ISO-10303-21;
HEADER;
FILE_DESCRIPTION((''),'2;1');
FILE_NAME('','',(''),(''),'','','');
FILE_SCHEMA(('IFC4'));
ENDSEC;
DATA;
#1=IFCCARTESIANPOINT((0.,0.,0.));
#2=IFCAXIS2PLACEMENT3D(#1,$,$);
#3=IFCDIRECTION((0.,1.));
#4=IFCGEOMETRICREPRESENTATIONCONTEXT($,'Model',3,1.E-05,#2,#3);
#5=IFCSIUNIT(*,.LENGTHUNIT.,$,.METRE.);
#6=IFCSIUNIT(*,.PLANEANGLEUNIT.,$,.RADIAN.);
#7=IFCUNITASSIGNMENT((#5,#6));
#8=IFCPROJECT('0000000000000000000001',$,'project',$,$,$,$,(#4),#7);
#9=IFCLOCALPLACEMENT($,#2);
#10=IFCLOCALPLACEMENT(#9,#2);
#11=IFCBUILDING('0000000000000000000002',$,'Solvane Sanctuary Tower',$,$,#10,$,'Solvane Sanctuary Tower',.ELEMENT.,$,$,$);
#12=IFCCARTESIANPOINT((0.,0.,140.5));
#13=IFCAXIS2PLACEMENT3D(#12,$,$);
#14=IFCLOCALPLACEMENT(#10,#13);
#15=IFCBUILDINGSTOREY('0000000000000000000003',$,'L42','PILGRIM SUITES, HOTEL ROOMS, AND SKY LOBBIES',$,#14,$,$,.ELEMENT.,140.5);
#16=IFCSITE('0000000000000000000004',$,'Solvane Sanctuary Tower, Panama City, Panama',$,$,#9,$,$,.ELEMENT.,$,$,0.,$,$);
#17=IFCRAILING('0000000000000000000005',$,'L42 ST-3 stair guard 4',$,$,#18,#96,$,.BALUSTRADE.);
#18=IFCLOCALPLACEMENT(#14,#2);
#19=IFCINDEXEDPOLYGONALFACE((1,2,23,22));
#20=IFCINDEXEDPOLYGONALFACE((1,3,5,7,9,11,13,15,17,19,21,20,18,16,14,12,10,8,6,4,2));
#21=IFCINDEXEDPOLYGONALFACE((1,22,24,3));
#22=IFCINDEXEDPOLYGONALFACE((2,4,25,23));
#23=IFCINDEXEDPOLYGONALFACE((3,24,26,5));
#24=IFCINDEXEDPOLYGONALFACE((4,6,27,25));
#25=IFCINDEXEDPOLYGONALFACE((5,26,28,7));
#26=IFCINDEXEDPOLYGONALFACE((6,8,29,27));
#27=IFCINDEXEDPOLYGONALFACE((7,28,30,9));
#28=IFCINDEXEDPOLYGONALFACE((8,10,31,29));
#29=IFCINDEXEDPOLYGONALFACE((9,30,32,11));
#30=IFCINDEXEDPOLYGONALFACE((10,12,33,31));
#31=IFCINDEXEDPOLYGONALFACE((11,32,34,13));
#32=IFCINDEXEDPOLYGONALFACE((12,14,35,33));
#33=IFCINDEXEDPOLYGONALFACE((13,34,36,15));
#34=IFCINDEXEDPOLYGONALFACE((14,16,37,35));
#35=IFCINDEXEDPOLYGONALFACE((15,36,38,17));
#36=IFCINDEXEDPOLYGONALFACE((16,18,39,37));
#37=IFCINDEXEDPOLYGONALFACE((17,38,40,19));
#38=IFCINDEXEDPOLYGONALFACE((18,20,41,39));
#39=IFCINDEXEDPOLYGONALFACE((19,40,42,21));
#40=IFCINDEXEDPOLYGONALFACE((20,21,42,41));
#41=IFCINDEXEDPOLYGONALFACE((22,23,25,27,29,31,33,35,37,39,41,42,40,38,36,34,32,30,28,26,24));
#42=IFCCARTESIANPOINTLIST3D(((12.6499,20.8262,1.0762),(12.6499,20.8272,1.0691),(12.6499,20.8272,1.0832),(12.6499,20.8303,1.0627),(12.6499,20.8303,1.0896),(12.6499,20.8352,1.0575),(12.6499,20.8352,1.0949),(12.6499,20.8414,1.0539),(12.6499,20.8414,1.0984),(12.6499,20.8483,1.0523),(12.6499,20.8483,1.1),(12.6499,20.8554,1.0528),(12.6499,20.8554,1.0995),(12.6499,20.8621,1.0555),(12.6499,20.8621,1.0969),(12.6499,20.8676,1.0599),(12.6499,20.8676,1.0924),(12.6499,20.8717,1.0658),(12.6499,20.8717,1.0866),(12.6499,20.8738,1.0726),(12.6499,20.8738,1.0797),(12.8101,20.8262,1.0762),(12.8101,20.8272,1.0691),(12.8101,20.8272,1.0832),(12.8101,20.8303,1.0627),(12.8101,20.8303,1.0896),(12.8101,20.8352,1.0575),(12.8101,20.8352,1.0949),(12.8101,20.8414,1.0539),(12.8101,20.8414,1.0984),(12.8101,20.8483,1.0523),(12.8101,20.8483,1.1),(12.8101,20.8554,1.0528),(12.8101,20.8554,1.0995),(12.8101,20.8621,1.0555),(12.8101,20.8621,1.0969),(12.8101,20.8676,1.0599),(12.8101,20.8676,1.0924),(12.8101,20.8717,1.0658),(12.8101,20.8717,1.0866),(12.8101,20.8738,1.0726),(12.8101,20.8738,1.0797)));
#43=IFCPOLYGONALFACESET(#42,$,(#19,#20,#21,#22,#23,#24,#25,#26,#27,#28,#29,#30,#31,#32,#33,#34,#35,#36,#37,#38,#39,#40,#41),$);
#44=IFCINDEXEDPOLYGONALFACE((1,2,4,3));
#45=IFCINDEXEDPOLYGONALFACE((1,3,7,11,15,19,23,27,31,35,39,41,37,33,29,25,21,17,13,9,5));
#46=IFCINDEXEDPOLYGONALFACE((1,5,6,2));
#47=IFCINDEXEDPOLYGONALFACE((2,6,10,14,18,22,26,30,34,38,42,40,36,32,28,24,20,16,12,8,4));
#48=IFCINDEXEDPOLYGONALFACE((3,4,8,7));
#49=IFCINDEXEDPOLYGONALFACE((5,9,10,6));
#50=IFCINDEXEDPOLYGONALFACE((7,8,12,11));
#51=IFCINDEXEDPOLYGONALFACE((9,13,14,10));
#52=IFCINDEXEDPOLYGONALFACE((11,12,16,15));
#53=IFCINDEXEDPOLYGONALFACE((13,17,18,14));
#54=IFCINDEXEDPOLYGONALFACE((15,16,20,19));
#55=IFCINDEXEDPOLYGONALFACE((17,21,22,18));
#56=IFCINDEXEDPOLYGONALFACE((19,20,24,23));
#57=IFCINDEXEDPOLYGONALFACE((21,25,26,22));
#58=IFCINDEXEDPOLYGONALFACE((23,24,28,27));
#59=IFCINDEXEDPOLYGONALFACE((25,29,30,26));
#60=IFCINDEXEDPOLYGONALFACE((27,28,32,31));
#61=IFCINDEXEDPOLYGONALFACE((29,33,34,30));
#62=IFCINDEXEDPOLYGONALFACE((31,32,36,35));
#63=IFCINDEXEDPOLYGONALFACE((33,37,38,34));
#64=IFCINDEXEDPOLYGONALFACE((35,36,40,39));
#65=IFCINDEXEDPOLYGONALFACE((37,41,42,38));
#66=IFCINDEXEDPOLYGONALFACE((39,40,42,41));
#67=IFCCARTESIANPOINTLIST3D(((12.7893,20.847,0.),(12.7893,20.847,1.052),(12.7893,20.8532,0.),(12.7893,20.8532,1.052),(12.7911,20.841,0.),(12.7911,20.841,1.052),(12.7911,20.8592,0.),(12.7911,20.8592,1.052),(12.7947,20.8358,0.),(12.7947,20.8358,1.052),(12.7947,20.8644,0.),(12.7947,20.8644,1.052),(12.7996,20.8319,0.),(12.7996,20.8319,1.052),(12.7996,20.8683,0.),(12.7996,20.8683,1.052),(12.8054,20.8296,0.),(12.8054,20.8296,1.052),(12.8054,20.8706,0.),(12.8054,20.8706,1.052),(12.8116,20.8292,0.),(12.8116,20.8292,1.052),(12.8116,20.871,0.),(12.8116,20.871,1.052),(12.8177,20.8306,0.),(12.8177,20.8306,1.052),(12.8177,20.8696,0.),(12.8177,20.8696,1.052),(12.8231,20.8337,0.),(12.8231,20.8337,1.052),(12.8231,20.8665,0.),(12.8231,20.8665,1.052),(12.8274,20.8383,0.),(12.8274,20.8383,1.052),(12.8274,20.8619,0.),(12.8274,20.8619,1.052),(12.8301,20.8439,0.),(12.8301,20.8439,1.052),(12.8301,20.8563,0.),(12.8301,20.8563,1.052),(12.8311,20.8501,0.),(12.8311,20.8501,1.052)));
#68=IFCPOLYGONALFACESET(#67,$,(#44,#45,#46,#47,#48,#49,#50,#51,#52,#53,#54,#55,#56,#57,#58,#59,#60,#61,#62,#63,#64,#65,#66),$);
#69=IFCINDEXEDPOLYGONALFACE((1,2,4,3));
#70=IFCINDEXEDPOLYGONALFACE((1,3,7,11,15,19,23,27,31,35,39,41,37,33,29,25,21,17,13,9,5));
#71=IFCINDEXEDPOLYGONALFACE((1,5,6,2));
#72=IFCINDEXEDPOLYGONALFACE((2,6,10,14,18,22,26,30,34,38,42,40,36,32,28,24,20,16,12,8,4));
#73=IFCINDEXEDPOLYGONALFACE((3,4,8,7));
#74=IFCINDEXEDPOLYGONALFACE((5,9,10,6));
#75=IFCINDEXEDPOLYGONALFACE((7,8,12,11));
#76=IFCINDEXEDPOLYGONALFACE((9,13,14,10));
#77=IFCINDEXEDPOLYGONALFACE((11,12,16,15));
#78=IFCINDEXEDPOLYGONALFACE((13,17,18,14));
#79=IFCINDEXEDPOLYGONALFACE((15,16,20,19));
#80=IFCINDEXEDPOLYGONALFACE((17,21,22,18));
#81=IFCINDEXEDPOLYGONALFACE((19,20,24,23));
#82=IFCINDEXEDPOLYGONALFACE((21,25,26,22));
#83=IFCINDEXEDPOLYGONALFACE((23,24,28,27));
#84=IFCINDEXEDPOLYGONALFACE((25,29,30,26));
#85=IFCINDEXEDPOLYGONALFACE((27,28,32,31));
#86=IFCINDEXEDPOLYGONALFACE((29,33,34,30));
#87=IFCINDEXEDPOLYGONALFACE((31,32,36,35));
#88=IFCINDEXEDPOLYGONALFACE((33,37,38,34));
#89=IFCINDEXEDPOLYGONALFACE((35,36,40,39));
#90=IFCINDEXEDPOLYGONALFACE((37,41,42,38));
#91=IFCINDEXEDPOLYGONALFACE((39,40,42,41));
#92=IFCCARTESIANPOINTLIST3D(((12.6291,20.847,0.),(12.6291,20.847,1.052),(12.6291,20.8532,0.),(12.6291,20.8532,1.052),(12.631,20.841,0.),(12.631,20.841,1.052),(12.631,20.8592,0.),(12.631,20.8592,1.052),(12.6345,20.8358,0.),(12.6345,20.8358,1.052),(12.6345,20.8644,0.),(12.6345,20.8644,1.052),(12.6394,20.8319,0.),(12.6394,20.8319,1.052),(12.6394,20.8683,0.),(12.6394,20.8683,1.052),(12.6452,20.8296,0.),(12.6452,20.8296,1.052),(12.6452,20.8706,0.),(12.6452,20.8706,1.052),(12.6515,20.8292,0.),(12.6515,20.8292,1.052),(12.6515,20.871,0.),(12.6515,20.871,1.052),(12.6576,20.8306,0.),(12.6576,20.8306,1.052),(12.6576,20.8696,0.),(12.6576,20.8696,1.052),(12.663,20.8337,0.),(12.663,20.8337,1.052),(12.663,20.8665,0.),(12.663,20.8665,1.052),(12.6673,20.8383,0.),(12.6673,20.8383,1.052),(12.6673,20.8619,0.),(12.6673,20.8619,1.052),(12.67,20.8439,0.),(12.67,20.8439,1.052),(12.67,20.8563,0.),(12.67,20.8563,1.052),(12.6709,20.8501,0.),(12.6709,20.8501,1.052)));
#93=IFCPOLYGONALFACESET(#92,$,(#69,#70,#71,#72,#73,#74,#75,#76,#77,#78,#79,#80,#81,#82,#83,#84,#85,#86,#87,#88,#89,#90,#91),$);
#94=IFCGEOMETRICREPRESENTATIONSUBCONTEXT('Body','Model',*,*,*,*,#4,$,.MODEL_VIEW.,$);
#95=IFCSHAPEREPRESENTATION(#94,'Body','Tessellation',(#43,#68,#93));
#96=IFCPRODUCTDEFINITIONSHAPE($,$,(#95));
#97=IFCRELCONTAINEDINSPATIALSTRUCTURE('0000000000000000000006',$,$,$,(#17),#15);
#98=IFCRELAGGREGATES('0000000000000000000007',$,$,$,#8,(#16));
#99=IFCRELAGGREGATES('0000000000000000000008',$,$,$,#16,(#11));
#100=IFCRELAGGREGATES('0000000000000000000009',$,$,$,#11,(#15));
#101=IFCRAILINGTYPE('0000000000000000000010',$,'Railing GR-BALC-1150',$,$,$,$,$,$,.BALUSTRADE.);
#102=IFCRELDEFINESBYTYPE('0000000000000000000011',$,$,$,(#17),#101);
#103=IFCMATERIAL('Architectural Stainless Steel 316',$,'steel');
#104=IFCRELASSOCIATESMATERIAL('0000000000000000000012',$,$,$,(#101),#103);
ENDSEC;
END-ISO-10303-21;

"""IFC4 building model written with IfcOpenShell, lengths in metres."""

from ifc_helpers import new_model, si_unit, direction, frame, origin, origin_2d, place, context, subcontext, project, spatial, circle, extrude, material, type_object, element, save


model = new_model("IFC4")

# Units and contexts
model_context = context("Model", 3, precision=1e-05, world=origin(), true_north=direction((0.0, 1.0)))
body_context = subcontext(model_context, "Body", "Model", "MODEL_VIEW")
ifc_project = project(units=[si_unit("LENGTHUNIT", "METRE"), si_unit("PLANEANGLEUNIT", "RADIAN")], contexts=[model_context])

# Site, building, storey
site_placement = place(None, origin())
site = spatial("IfcSite", under=ifc_project, at=site_placement, Name="Solvane Sanctuary Tower, Panama City, Panama", CompositionType="ELEMENT", RefElevation=0.0)
building_placement = place(site_placement, origin())
building = spatial("IfcBuilding", under=site, at=building_placement, Name="Solvane Sanctuary Tower", LongName="Solvane Sanctuary Tower", CompositionType="ELEMENT")
storey_placement = place(building_placement, frame((0.0, 0.0, 140.5)))
storey = spatial("IfcBuildingStorey", under=building, at=storey_placement, Name="L42", Description="PILGRIM SUITES, HOTEL ROOMS, AND SKY LOBBIES", CompositionType="ELEMENT", Elevation=140.5)

# Shared definitions
ifc_material_1 = material(Name="Architectural Stainless Steel 316", Category="steel")

# Railing
railing_type = type_object("IfcRailingType", Name="Railing GR-BALC-1150", PredefinedType="BALUSTRADE", material=ifc_material_1)
railing_1_placement = place(storey_placement, frame((12.8101, 20.8501, 0.0)))
element("IfcRailing", 1, at=railing_1_placement, inside=storey, type_object=railing_type, Name="L42 ST-3 stair guard 4", PredefinedType="BALUSTRADE", context=body_context, shape_type="SweptSolid", body=[
    extrude(circle(Radius=0.0239, at=origin_2d()), frame((0.0, 0.0, 1.0762), z_axis=(-1.0, 0.0, 0.0), x_axis=(0.0, -1.0, 0.0)), (0.0, 0.0, 1.0), 0.1602),
    extrude(circle(Radius=0.021, at=origin_2d()), origin(), (0.0, 0.0, 1.0), 1.052),
    extrude(circle(Radius=0.021, at=origin_2d()), frame((-0.1602, 0.0, 0.0)), (0.0, 0.0, 1.0), 1.052),
])

save(model, "model.ifc")
